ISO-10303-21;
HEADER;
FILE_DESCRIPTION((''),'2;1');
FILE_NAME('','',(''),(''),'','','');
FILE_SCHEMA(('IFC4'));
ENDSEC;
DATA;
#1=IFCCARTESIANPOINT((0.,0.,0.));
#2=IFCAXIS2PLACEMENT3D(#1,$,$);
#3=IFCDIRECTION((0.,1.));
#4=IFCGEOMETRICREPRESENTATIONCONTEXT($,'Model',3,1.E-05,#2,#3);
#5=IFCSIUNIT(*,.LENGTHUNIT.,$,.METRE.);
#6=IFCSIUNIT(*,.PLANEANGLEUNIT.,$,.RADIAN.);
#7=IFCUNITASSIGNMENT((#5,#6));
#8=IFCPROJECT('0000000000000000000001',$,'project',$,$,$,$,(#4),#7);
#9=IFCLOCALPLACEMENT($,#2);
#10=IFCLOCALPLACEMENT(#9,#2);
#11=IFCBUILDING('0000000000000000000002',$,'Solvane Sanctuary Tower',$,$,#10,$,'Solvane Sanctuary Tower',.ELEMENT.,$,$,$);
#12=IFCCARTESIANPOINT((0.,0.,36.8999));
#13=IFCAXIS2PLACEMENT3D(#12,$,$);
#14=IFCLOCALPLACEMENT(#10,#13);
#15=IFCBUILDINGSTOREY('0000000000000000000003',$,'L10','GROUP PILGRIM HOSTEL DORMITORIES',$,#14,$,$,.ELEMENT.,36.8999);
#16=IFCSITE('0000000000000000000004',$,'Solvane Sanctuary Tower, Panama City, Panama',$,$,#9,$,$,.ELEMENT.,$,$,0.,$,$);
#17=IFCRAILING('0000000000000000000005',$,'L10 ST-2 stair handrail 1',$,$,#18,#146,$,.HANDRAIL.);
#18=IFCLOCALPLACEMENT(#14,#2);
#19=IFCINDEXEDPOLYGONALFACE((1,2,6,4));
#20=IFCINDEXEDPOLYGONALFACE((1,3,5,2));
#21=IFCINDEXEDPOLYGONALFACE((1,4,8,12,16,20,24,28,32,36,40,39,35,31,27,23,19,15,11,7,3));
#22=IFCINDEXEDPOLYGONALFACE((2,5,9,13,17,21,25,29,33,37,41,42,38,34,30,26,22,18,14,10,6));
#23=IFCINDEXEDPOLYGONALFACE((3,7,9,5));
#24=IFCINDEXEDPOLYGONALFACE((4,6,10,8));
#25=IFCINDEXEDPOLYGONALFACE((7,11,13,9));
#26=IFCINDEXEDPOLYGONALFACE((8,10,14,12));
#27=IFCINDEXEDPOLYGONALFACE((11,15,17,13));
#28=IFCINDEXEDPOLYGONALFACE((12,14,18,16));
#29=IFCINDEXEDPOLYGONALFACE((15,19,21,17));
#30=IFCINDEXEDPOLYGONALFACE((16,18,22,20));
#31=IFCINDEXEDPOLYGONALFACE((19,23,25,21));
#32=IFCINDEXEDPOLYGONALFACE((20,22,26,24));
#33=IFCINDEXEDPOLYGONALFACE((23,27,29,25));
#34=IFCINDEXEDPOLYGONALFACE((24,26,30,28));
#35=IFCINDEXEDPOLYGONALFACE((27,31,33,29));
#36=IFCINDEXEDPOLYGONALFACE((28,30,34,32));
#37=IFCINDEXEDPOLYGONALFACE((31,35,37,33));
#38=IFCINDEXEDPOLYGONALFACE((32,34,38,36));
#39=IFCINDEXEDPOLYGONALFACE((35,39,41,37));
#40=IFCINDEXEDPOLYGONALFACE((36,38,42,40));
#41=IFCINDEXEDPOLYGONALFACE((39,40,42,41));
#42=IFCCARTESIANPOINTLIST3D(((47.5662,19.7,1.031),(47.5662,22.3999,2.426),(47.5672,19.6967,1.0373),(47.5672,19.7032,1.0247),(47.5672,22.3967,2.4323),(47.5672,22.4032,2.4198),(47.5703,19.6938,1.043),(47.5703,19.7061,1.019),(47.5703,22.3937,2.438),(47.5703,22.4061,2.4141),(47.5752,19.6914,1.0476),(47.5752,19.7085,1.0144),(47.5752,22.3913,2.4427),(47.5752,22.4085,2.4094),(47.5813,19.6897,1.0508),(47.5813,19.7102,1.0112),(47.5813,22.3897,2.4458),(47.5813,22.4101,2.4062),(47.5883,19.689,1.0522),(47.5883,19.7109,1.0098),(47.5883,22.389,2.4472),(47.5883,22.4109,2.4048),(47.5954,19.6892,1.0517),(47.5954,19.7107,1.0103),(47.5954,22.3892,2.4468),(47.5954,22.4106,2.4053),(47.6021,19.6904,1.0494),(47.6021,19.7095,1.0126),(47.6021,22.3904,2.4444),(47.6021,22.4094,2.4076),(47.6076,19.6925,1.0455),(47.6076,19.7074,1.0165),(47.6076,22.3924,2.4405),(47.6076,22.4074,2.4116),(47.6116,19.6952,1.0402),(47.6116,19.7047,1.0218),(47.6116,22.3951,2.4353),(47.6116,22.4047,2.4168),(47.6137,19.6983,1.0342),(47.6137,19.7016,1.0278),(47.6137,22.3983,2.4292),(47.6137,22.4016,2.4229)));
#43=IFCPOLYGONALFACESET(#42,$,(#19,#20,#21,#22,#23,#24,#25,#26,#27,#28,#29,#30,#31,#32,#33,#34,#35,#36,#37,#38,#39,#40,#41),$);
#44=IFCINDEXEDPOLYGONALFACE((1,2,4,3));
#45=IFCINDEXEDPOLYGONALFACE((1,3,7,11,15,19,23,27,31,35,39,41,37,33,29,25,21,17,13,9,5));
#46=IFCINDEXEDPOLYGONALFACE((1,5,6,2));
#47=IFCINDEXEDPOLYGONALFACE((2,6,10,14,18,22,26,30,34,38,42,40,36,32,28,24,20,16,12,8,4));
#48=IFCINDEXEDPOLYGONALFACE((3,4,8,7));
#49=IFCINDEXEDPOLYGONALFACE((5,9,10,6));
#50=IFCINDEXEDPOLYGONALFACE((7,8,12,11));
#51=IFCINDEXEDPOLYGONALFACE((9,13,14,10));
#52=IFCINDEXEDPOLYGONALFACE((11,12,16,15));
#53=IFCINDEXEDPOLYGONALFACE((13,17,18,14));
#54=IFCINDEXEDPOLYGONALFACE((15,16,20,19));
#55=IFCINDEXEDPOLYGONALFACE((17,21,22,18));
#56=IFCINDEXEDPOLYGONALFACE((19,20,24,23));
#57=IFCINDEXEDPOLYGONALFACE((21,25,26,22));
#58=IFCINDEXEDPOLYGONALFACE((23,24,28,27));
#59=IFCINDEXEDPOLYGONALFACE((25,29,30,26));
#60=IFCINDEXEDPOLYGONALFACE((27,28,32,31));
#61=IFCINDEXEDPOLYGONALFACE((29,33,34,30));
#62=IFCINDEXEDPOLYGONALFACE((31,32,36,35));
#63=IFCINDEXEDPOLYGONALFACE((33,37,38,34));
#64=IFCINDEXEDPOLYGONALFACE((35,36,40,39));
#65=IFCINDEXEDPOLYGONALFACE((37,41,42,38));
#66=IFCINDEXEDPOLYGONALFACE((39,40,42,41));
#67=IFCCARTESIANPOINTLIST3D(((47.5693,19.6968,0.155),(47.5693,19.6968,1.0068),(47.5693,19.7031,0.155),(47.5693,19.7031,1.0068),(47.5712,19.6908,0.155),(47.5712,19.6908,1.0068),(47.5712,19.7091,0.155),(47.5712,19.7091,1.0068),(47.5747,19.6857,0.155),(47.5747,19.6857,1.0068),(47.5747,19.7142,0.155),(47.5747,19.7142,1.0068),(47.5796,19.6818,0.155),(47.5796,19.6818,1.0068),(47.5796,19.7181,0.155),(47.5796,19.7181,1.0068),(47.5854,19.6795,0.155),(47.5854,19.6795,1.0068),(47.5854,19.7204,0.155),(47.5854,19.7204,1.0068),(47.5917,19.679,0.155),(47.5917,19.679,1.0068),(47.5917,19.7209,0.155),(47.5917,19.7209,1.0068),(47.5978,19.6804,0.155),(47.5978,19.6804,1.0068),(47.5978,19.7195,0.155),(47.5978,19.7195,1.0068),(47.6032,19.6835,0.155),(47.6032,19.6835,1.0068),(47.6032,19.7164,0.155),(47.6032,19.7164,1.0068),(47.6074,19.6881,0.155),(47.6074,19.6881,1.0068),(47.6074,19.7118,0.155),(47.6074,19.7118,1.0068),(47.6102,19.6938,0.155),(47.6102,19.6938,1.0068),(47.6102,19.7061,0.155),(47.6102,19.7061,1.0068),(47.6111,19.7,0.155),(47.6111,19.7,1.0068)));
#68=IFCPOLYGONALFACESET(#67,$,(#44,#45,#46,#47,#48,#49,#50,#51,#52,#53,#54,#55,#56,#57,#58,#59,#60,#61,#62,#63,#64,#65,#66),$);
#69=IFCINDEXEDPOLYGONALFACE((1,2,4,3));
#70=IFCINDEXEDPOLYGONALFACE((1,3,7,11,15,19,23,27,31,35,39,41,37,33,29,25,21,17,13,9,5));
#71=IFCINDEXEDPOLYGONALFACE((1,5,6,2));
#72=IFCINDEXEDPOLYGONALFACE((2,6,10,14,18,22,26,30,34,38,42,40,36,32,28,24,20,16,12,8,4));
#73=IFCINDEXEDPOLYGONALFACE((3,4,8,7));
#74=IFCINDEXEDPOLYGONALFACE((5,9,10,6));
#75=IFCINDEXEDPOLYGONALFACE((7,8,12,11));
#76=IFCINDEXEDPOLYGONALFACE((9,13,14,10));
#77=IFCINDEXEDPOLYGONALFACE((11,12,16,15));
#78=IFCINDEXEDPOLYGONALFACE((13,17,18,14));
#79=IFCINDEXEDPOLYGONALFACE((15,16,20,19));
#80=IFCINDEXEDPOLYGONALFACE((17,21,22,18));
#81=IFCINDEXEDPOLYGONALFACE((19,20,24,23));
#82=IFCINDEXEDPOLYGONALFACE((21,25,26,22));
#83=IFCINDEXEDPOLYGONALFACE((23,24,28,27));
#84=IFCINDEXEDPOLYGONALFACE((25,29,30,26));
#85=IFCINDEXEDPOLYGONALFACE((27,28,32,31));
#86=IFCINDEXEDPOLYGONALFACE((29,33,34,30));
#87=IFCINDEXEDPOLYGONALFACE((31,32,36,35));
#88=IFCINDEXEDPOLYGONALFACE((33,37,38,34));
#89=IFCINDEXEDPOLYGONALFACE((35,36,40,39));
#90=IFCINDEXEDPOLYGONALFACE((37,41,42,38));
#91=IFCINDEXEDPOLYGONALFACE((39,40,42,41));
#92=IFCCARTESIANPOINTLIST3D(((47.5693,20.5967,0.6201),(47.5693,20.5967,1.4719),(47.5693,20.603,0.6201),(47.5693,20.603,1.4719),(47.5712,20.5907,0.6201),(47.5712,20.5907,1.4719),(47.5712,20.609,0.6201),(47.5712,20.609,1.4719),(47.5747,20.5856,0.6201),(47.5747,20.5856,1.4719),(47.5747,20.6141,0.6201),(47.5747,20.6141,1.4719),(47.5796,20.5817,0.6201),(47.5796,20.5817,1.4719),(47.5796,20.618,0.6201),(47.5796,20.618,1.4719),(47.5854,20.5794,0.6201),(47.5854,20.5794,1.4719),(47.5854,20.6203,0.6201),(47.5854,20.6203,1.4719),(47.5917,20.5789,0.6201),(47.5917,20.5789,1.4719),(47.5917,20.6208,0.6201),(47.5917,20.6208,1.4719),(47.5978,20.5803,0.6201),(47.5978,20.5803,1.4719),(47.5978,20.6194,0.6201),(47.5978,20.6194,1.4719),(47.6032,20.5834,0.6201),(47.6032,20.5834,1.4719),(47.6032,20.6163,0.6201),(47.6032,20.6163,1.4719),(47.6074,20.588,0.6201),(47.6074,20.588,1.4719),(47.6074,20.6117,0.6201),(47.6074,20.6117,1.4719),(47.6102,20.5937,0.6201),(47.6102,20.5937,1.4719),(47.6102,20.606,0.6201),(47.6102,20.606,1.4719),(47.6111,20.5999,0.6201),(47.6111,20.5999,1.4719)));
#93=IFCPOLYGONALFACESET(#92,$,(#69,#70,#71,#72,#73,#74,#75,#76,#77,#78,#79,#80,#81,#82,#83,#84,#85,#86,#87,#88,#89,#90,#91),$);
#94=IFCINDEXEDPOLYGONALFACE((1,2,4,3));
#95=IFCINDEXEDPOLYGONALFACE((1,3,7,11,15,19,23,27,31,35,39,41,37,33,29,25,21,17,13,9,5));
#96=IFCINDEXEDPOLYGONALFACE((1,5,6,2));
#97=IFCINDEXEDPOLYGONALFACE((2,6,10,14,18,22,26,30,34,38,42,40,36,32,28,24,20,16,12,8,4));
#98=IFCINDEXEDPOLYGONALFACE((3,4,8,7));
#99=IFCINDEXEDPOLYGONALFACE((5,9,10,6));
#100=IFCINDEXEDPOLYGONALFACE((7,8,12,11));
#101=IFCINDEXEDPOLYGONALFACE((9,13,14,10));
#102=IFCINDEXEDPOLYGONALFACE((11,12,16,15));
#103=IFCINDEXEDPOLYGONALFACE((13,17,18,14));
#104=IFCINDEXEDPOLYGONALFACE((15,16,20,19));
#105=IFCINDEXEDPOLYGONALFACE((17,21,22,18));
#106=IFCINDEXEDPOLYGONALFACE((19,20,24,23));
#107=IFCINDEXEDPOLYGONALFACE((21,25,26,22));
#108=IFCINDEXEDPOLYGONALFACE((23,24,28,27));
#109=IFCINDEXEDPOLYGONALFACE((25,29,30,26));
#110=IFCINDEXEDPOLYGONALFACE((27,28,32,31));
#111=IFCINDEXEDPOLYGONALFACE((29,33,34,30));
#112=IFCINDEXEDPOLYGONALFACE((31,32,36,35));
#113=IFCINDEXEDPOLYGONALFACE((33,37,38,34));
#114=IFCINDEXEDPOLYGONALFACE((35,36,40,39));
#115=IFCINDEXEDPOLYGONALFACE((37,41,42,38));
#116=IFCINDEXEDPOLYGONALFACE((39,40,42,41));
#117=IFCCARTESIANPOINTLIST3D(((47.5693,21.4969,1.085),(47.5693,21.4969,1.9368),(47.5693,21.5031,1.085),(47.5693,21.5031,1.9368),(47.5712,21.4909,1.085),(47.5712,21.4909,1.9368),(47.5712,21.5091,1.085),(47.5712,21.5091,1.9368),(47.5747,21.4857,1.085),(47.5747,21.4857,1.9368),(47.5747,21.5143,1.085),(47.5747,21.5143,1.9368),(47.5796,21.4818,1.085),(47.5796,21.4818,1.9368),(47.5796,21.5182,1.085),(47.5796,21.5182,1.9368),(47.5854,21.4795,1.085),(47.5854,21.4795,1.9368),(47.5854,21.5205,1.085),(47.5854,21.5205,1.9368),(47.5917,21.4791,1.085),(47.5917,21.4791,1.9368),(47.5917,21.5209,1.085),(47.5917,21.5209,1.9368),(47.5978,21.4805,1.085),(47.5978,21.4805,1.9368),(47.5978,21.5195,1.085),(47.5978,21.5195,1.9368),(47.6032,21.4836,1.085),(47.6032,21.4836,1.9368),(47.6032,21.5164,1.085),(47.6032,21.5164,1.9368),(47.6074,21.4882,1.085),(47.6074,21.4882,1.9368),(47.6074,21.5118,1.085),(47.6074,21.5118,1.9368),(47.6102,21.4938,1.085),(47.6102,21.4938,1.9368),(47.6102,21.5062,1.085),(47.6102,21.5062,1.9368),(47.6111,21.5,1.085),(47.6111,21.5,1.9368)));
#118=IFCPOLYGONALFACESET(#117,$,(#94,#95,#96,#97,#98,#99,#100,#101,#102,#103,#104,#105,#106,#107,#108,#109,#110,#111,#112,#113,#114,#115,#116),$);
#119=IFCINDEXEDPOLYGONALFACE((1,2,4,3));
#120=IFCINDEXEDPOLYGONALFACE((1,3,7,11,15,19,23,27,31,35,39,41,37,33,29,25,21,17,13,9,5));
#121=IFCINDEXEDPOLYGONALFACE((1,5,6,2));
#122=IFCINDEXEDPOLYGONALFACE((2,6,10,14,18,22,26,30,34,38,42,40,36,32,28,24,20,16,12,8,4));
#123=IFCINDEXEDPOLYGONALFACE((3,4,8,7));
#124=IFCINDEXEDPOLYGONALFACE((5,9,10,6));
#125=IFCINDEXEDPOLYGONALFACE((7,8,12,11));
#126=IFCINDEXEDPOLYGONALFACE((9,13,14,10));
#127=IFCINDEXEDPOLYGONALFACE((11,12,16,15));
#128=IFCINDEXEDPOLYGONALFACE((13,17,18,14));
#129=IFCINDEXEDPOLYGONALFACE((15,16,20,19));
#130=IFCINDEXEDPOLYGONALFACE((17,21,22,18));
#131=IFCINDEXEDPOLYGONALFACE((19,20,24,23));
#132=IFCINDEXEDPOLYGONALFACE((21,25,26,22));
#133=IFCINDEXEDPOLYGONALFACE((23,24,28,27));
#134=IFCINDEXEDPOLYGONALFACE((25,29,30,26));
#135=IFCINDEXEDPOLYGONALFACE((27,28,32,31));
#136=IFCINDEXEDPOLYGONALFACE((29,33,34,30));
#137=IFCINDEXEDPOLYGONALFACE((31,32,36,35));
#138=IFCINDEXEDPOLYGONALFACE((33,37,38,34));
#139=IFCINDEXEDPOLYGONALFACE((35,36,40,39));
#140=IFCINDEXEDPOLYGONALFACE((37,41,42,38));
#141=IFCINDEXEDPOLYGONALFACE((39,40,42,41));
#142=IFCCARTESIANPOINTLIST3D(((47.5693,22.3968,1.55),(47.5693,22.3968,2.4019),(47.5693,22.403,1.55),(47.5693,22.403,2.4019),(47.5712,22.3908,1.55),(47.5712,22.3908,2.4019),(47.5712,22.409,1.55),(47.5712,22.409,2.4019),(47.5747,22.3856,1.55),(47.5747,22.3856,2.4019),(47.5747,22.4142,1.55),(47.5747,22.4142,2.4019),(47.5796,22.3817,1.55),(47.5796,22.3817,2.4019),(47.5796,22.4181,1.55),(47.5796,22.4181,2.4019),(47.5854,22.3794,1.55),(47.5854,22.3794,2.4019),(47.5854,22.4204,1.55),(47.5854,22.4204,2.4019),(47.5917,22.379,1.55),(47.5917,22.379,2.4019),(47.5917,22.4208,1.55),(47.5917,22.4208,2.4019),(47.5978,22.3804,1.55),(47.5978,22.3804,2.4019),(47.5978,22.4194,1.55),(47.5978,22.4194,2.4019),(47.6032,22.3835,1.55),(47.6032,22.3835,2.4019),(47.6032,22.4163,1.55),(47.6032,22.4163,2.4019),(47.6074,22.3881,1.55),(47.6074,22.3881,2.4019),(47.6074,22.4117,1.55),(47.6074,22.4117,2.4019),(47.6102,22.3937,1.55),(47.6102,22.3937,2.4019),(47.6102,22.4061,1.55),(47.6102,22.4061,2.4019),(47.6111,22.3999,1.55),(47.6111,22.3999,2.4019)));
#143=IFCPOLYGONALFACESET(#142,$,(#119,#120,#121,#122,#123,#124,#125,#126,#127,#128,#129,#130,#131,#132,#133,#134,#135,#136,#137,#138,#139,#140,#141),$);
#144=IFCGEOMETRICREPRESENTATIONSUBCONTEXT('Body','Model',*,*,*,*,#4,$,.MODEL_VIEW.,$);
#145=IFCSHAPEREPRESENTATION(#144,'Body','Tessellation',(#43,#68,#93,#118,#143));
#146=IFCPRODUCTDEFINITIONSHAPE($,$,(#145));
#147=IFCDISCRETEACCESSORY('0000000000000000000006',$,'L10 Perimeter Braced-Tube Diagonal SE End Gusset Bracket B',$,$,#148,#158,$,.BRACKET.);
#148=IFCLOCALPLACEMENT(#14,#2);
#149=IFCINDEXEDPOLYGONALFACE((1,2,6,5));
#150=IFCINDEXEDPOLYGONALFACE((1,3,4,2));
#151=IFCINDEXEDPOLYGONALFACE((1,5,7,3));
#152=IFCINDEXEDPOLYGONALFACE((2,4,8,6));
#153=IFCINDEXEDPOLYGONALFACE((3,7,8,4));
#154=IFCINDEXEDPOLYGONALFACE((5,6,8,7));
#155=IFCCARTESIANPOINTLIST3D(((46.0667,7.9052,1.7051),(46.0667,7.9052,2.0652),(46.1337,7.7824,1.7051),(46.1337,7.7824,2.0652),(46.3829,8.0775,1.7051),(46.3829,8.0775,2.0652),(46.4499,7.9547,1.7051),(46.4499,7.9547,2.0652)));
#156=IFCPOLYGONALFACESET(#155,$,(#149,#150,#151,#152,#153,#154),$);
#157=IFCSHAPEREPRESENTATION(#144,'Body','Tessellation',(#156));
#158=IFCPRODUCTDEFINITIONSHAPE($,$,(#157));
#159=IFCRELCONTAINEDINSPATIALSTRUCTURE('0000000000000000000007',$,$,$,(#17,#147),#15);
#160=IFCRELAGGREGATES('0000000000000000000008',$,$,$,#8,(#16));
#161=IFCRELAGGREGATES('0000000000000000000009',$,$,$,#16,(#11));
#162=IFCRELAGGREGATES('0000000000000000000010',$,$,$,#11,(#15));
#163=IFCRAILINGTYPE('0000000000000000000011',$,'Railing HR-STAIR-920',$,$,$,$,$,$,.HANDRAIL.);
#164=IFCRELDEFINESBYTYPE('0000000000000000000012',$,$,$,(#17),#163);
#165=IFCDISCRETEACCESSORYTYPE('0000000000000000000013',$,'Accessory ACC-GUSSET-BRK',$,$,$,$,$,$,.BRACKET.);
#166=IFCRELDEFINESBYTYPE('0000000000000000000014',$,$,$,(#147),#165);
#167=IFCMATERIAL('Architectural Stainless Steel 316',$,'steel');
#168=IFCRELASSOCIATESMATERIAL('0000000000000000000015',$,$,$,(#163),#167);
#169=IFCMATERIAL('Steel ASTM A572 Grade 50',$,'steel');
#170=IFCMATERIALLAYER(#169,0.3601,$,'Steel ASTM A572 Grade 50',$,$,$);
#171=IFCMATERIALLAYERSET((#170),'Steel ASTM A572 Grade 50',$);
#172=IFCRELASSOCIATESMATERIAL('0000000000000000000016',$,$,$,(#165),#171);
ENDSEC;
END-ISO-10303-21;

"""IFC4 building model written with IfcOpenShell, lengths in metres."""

from ifc_helpers import new_model, si_unit, direction, frame, origin, origin_2d, place, context, subcontext, project, spatial, rectangle, circle, extrude, material, layer, layer_set, type_object, element, save


model = new_model("IFC4")

# Units and contexts
model_context = context("Model", 3, precision=1e-05, world=origin(), true_north=direction((0.0, 1.0)))
body_context = subcontext(model_context, "Body", "Model", "MODEL_VIEW")
ifc_project = project(units=[si_unit("LENGTHUNIT", "METRE"), si_unit("PLANEANGLEUNIT", "RADIAN")], contexts=[model_context])

# Site, building, storey
site_placement = place(None, origin())
site = spatial("IfcSite", under=ifc_project, at=site_placement, Name="Solvane Sanctuary Tower, Panama City, Panama", CompositionType="ELEMENT", RefElevation=0.0)
building_placement = place(site_placement, origin())
building = spatial("IfcBuilding", under=site, at=building_placement, Name="Solvane Sanctuary Tower", LongName="Solvane Sanctuary Tower", CompositionType="ELEMENT")
storey_placement = place(building_placement, frame((0.0, 0.0, 36.8999)))
storey = spatial("IfcBuildingStorey", under=building, at=storey_placement, Name="L10", Description="GROUP PILGRIM HOSTEL DORMITORIES", CompositionType="ELEMENT", Elevation=36.8999)

# Shared definitions
ifc_material_1 = material(Name="Architectural Stainless Steel 316", Category="steel")

# Railing
railing_type_1 = type_object("IfcRailingType", Name="Railing HR-STAIR-920", PredefinedType="HANDRAIL", material=ifc_material_1)
railing_1_placement = place(storey_placement, frame((47.5901, 19.7, 0.155)))
element("IfcRailing", 1, at=railing_1_placement, inside=storey, type_object=railing_type_1, Name="L10 ST-2 stair handrail 1", PredefinedType="HANDRAIL", context=body_context, shape_type="SweptSolid", body=[
    extrude(circle(Radius=0.0239, at=origin_2d()), frame((0.0, 0.0, 0.876), z_axis=(0.0, 0.88842, 0.459032), x_axis=(-1.0, 0.0, 0.0)), (0.0, 0.0, 1.0), 3.0391),
    extrude(circle(Radius=0.021, at=origin_2d()), origin(), (0.0, 0.0, 1.0), 0.8518),
    extrude(circle(Radius=0.021, at=origin_2d()), frame((0.0, 0.8999, 0.4651)), (0.0, 0.0, 1.0), 0.8518),
    extrude(circle(Radius=0.021, at=origin_2d()), frame((0.0, 1.8, 0.9299)), (0.0, 0.0, 1.0), 0.8518),
    extrude(circle(Radius=0.021, at=origin_2d()), frame((0.0, 2.7, 1.395)), (0.0, 0.0, 1.0), 0.8518),
])

# Discrete accessory
ifc_material_2 = material(Name="Steel ASTM A572 Grade 50", Category="steel")
ifc_layer_1 = layer(ifc_material_2, 0.3601, Name="Steel ASTM A572 Grade 50")
ifc_layer_set_1 = layer_set([ifc_layer_1], Name="Steel ASTM A572 Grade 50")
discrete_accessory_type = type_object("IfcDiscreteAccessoryType", Name="Accessory ACC-GUSSET-BRK", PredefinedType="BRACKET", material=ifc_layer_set_1)
discrete_accessory_placement = place(storey_placement, frame((46.2583, 7.9299, 1.7051), z_axis=(0.0, 0.0, 1.0), x_axis=(-0.878067, -0.478539, 0.0)))
element("IfcDiscreteAccessory", 2, at=discrete_accessory_placement, inside=storey, type_object=discrete_accessory_type, Name="L10 Perimeter Braced-Tube Diagonal SE End Gusset Bracket B", PredefinedType="BRACKET", context=body_context, shape_type="SweptSolid", body=[
    extrude(rectangle(XDim=0.3601, YDim=0.1399, at=origin_2d()), origin(), (0.0, 0.0, 1.0), 0.3601),
])

save(model, "model.ifc")
